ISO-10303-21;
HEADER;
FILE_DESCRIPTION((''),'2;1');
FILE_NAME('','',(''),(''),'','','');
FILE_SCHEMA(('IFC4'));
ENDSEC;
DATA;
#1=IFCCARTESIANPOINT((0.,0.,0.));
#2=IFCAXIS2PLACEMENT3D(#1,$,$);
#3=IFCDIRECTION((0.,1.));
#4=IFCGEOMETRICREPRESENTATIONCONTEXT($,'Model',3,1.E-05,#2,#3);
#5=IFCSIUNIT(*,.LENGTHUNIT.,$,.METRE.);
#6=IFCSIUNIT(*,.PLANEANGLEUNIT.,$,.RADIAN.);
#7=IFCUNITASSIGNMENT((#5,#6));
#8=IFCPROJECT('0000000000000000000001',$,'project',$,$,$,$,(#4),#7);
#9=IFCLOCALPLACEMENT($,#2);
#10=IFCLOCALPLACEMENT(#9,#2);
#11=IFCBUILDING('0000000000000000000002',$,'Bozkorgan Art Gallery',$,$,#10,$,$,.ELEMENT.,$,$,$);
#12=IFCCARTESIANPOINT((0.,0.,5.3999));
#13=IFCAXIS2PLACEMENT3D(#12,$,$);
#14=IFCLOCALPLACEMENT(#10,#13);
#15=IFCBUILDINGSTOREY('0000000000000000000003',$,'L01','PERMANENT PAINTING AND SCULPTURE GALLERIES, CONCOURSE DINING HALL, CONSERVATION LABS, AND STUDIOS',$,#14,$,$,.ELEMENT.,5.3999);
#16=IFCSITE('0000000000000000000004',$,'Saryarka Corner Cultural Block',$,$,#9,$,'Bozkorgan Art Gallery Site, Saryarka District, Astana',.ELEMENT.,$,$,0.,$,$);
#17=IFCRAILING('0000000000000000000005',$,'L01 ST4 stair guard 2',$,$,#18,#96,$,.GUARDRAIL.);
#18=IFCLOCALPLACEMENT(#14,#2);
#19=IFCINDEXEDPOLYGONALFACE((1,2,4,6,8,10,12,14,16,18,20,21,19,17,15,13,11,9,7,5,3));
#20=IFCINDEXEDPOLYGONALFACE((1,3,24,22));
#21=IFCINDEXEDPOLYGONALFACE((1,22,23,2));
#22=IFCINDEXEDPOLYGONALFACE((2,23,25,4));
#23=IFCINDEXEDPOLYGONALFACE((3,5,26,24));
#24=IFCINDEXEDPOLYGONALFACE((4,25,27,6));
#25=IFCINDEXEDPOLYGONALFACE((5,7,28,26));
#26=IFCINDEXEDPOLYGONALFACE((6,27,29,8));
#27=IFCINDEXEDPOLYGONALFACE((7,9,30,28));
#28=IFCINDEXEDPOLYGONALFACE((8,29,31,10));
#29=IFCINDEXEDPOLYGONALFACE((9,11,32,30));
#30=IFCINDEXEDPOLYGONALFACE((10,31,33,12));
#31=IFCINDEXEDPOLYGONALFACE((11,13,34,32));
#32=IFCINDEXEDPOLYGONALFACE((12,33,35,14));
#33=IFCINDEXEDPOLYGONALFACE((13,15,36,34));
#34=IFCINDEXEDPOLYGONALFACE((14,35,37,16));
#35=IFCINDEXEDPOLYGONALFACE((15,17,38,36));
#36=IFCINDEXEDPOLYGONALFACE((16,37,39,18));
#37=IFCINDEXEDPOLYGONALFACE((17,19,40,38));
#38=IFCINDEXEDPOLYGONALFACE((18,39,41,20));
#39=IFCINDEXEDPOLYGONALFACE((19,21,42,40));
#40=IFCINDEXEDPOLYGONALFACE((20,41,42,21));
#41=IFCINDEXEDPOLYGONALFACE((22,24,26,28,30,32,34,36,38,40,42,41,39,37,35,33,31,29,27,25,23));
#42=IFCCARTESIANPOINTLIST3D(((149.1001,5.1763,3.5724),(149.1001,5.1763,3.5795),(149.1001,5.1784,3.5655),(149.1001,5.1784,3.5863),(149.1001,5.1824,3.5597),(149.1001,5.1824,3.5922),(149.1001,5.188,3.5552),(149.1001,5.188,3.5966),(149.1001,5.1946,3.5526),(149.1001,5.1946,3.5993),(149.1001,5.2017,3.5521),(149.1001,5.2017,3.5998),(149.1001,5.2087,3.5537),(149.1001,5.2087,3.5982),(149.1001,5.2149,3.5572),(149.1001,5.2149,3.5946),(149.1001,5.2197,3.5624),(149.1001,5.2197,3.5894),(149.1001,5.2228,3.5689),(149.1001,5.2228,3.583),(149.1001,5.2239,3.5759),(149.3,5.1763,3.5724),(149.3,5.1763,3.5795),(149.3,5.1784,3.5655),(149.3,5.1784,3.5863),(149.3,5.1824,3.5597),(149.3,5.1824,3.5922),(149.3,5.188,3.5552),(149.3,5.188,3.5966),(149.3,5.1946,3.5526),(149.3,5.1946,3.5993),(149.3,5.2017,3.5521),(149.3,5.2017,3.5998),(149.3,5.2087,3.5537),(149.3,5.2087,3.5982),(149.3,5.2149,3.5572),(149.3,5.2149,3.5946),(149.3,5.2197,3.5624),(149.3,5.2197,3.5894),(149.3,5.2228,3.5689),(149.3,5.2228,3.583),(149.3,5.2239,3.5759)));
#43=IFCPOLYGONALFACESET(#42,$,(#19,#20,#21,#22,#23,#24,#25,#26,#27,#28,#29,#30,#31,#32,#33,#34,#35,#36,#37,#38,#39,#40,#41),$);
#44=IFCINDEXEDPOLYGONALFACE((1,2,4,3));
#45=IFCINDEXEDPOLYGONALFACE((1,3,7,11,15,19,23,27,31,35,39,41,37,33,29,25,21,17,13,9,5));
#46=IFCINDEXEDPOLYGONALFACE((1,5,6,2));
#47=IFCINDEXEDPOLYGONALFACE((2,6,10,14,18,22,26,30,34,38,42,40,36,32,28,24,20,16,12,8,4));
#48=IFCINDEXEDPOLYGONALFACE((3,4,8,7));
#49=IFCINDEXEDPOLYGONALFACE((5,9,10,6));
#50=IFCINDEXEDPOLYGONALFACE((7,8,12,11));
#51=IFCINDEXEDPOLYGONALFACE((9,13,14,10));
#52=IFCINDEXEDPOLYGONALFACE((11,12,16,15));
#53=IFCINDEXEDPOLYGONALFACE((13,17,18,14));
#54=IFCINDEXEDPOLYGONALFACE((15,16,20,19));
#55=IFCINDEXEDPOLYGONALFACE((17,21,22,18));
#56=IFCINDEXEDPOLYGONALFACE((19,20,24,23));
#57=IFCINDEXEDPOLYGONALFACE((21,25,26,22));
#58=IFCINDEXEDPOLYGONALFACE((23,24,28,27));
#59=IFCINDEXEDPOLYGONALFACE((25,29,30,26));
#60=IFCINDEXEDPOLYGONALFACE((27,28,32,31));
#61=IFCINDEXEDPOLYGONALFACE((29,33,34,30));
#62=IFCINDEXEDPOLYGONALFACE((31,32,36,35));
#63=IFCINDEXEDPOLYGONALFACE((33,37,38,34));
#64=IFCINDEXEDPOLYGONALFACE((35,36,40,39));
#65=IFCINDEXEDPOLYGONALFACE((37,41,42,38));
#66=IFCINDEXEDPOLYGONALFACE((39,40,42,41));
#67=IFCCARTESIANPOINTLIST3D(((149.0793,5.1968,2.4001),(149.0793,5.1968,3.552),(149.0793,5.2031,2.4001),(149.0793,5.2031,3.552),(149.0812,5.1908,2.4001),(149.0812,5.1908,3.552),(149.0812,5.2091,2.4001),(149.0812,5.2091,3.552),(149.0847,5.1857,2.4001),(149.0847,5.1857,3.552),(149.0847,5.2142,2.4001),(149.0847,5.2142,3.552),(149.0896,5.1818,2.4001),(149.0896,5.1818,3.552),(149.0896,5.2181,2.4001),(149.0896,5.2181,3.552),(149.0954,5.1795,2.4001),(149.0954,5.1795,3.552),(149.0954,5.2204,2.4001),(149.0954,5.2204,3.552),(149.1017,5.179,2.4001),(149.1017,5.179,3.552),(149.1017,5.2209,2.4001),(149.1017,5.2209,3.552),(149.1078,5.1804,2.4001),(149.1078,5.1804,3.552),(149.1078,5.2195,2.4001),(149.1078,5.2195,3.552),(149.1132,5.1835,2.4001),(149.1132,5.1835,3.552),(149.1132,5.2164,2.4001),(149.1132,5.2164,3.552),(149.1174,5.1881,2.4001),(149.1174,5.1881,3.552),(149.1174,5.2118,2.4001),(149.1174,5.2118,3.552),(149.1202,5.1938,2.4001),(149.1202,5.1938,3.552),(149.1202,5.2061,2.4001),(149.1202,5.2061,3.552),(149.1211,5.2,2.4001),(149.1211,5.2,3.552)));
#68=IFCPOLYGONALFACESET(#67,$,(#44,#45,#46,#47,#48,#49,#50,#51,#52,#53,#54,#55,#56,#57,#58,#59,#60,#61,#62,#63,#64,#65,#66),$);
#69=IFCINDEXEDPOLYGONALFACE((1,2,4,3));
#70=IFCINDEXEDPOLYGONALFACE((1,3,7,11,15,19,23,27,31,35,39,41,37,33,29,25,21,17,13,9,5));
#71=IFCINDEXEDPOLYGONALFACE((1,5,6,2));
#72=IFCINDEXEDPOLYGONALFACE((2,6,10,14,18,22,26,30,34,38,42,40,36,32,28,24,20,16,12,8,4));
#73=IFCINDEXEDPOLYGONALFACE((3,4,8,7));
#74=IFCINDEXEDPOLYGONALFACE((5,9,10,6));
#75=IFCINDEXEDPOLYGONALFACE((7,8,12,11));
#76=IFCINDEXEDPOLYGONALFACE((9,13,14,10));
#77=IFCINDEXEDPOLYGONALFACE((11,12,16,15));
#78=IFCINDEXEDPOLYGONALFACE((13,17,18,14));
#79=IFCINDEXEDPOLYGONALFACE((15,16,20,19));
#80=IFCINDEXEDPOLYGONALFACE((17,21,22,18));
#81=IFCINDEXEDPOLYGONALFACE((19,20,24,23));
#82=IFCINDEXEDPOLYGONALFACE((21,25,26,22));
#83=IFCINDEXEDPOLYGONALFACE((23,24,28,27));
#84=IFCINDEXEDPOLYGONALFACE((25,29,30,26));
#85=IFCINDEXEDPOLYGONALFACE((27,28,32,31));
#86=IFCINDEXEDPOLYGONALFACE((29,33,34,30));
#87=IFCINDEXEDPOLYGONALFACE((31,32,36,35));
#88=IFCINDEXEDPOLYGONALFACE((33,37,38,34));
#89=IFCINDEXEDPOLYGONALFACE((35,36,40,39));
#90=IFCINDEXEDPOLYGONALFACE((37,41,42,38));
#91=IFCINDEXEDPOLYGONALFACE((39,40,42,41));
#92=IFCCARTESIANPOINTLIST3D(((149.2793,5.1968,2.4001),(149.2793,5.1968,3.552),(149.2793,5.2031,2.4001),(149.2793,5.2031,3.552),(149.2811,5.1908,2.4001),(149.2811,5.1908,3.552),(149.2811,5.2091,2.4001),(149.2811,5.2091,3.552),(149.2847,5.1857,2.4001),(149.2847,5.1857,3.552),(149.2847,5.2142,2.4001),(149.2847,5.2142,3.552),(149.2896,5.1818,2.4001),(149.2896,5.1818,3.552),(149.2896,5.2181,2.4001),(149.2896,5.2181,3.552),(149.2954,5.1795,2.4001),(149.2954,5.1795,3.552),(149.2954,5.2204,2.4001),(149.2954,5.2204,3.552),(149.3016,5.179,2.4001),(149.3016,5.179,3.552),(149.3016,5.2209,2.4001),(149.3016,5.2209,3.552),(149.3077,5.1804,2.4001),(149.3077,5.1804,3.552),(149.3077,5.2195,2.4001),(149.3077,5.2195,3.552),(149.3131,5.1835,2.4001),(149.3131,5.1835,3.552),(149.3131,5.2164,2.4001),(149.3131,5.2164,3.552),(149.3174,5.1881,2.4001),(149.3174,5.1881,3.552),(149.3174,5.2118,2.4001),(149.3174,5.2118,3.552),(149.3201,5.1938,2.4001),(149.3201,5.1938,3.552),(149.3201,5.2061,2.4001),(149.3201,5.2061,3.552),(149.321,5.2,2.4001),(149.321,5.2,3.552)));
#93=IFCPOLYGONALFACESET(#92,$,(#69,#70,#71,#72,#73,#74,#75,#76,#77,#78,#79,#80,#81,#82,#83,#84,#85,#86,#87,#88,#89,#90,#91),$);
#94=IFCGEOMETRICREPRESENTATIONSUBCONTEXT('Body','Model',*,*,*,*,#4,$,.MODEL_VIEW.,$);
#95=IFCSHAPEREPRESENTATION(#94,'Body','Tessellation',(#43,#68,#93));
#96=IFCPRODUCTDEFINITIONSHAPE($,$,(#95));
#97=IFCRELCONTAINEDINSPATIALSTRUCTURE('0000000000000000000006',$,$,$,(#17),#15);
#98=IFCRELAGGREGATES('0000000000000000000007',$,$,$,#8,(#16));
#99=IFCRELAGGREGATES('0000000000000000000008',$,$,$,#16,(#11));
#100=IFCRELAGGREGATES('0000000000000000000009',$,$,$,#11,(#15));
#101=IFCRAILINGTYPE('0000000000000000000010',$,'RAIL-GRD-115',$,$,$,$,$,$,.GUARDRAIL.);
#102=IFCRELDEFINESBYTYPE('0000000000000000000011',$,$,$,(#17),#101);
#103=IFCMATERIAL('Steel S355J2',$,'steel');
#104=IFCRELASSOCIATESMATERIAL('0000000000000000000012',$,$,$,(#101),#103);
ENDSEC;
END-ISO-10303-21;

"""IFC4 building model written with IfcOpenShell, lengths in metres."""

from ifc_helpers import new_model, si_unit, direction, frame, origin, origin_2d, place, context, subcontext, project, spatial, circle, extrude, material, type_object, element, save


model = new_model("IFC4")

# Units and contexts
model_context = context("Model", 3, precision=1e-05, world=origin(), true_north=direction((0.0, 1.0)))
body_context = subcontext(model_context, "Body", "Model", "MODEL_VIEW")
ifc_project = project(units=[si_unit("LENGTHUNIT", "METRE"), si_unit("PLANEANGLEUNIT", "RADIAN")], contexts=[model_context])

# Site, building, storey
site_placement = place(None, origin())
site = spatial("IfcSite", under=ifc_project, at=site_placement, Name="Saryarka Corner Cultural Block", LongName="Bozkorgan Art Gallery Site, Saryarka District, Astana", CompositionType="ELEMENT", RefElevation=0.0)
building_placement = place(site_placement, origin())
building = spatial("IfcBuilding", under=site, at=building_placement, Name="Bozkorgan Art Gallery", CompositionType="ELEMENT")
storey_placement = place(building_placement, frame((0.0, 0.0, 5.3999)))
storey = spatial("IfcBuildingStorey", under=building, at=storey_placement, Name="L01", Description="PERMANENT PAINTING AND SCULPTURE GALLERIES, CONCOURSE DINING HALL, CONSERVATION LABS, AND STUDIOS", CompositionType="ELEMENT", Elevation=5.3999)

# Shared definitions
ifc_material_1 = material(Name="Steel S355J2", Category="steel")

# Railing
railing_type_1 = type_object("IfcRailingType", Name="RAIL-GRD-115", PredefinedType="GUARDRAIL", material=ifc_material_1)
railing_1_placement = place(storey_placement, frame((149.1001, 5.2, 2.4001)))
element("IfcRailing", 1, at=railing_1_placement, inside=storey, type_object=railing_type_1, Name="L01 ST4 stair guard 2", PredefinedType="GUARDRAIL", context=body_context, shape_type="SweptSolid", body=[
    extrude(circle(Radius=0.0239, at=origin_2d()), frame((0.0, 0.0, 1.1758), z_axis=(1.0, 0.0, 0.0), x_axis=(0.0, 1.0, 0.0)), (0.0, 0.0, 1.0), 0.2),
    extrude(circle(Radius=0.021, at=origin_2d()), origin(), (0.0, 0.0, 1.0), 1.1519),
    extrude(circle(Radius=0.021, at=origin_2d()), frame((0.2, 0.0, 0.0)), (0.0, 0.0, 1.0), 1.1519),
])

save(model, "model.ifc")
